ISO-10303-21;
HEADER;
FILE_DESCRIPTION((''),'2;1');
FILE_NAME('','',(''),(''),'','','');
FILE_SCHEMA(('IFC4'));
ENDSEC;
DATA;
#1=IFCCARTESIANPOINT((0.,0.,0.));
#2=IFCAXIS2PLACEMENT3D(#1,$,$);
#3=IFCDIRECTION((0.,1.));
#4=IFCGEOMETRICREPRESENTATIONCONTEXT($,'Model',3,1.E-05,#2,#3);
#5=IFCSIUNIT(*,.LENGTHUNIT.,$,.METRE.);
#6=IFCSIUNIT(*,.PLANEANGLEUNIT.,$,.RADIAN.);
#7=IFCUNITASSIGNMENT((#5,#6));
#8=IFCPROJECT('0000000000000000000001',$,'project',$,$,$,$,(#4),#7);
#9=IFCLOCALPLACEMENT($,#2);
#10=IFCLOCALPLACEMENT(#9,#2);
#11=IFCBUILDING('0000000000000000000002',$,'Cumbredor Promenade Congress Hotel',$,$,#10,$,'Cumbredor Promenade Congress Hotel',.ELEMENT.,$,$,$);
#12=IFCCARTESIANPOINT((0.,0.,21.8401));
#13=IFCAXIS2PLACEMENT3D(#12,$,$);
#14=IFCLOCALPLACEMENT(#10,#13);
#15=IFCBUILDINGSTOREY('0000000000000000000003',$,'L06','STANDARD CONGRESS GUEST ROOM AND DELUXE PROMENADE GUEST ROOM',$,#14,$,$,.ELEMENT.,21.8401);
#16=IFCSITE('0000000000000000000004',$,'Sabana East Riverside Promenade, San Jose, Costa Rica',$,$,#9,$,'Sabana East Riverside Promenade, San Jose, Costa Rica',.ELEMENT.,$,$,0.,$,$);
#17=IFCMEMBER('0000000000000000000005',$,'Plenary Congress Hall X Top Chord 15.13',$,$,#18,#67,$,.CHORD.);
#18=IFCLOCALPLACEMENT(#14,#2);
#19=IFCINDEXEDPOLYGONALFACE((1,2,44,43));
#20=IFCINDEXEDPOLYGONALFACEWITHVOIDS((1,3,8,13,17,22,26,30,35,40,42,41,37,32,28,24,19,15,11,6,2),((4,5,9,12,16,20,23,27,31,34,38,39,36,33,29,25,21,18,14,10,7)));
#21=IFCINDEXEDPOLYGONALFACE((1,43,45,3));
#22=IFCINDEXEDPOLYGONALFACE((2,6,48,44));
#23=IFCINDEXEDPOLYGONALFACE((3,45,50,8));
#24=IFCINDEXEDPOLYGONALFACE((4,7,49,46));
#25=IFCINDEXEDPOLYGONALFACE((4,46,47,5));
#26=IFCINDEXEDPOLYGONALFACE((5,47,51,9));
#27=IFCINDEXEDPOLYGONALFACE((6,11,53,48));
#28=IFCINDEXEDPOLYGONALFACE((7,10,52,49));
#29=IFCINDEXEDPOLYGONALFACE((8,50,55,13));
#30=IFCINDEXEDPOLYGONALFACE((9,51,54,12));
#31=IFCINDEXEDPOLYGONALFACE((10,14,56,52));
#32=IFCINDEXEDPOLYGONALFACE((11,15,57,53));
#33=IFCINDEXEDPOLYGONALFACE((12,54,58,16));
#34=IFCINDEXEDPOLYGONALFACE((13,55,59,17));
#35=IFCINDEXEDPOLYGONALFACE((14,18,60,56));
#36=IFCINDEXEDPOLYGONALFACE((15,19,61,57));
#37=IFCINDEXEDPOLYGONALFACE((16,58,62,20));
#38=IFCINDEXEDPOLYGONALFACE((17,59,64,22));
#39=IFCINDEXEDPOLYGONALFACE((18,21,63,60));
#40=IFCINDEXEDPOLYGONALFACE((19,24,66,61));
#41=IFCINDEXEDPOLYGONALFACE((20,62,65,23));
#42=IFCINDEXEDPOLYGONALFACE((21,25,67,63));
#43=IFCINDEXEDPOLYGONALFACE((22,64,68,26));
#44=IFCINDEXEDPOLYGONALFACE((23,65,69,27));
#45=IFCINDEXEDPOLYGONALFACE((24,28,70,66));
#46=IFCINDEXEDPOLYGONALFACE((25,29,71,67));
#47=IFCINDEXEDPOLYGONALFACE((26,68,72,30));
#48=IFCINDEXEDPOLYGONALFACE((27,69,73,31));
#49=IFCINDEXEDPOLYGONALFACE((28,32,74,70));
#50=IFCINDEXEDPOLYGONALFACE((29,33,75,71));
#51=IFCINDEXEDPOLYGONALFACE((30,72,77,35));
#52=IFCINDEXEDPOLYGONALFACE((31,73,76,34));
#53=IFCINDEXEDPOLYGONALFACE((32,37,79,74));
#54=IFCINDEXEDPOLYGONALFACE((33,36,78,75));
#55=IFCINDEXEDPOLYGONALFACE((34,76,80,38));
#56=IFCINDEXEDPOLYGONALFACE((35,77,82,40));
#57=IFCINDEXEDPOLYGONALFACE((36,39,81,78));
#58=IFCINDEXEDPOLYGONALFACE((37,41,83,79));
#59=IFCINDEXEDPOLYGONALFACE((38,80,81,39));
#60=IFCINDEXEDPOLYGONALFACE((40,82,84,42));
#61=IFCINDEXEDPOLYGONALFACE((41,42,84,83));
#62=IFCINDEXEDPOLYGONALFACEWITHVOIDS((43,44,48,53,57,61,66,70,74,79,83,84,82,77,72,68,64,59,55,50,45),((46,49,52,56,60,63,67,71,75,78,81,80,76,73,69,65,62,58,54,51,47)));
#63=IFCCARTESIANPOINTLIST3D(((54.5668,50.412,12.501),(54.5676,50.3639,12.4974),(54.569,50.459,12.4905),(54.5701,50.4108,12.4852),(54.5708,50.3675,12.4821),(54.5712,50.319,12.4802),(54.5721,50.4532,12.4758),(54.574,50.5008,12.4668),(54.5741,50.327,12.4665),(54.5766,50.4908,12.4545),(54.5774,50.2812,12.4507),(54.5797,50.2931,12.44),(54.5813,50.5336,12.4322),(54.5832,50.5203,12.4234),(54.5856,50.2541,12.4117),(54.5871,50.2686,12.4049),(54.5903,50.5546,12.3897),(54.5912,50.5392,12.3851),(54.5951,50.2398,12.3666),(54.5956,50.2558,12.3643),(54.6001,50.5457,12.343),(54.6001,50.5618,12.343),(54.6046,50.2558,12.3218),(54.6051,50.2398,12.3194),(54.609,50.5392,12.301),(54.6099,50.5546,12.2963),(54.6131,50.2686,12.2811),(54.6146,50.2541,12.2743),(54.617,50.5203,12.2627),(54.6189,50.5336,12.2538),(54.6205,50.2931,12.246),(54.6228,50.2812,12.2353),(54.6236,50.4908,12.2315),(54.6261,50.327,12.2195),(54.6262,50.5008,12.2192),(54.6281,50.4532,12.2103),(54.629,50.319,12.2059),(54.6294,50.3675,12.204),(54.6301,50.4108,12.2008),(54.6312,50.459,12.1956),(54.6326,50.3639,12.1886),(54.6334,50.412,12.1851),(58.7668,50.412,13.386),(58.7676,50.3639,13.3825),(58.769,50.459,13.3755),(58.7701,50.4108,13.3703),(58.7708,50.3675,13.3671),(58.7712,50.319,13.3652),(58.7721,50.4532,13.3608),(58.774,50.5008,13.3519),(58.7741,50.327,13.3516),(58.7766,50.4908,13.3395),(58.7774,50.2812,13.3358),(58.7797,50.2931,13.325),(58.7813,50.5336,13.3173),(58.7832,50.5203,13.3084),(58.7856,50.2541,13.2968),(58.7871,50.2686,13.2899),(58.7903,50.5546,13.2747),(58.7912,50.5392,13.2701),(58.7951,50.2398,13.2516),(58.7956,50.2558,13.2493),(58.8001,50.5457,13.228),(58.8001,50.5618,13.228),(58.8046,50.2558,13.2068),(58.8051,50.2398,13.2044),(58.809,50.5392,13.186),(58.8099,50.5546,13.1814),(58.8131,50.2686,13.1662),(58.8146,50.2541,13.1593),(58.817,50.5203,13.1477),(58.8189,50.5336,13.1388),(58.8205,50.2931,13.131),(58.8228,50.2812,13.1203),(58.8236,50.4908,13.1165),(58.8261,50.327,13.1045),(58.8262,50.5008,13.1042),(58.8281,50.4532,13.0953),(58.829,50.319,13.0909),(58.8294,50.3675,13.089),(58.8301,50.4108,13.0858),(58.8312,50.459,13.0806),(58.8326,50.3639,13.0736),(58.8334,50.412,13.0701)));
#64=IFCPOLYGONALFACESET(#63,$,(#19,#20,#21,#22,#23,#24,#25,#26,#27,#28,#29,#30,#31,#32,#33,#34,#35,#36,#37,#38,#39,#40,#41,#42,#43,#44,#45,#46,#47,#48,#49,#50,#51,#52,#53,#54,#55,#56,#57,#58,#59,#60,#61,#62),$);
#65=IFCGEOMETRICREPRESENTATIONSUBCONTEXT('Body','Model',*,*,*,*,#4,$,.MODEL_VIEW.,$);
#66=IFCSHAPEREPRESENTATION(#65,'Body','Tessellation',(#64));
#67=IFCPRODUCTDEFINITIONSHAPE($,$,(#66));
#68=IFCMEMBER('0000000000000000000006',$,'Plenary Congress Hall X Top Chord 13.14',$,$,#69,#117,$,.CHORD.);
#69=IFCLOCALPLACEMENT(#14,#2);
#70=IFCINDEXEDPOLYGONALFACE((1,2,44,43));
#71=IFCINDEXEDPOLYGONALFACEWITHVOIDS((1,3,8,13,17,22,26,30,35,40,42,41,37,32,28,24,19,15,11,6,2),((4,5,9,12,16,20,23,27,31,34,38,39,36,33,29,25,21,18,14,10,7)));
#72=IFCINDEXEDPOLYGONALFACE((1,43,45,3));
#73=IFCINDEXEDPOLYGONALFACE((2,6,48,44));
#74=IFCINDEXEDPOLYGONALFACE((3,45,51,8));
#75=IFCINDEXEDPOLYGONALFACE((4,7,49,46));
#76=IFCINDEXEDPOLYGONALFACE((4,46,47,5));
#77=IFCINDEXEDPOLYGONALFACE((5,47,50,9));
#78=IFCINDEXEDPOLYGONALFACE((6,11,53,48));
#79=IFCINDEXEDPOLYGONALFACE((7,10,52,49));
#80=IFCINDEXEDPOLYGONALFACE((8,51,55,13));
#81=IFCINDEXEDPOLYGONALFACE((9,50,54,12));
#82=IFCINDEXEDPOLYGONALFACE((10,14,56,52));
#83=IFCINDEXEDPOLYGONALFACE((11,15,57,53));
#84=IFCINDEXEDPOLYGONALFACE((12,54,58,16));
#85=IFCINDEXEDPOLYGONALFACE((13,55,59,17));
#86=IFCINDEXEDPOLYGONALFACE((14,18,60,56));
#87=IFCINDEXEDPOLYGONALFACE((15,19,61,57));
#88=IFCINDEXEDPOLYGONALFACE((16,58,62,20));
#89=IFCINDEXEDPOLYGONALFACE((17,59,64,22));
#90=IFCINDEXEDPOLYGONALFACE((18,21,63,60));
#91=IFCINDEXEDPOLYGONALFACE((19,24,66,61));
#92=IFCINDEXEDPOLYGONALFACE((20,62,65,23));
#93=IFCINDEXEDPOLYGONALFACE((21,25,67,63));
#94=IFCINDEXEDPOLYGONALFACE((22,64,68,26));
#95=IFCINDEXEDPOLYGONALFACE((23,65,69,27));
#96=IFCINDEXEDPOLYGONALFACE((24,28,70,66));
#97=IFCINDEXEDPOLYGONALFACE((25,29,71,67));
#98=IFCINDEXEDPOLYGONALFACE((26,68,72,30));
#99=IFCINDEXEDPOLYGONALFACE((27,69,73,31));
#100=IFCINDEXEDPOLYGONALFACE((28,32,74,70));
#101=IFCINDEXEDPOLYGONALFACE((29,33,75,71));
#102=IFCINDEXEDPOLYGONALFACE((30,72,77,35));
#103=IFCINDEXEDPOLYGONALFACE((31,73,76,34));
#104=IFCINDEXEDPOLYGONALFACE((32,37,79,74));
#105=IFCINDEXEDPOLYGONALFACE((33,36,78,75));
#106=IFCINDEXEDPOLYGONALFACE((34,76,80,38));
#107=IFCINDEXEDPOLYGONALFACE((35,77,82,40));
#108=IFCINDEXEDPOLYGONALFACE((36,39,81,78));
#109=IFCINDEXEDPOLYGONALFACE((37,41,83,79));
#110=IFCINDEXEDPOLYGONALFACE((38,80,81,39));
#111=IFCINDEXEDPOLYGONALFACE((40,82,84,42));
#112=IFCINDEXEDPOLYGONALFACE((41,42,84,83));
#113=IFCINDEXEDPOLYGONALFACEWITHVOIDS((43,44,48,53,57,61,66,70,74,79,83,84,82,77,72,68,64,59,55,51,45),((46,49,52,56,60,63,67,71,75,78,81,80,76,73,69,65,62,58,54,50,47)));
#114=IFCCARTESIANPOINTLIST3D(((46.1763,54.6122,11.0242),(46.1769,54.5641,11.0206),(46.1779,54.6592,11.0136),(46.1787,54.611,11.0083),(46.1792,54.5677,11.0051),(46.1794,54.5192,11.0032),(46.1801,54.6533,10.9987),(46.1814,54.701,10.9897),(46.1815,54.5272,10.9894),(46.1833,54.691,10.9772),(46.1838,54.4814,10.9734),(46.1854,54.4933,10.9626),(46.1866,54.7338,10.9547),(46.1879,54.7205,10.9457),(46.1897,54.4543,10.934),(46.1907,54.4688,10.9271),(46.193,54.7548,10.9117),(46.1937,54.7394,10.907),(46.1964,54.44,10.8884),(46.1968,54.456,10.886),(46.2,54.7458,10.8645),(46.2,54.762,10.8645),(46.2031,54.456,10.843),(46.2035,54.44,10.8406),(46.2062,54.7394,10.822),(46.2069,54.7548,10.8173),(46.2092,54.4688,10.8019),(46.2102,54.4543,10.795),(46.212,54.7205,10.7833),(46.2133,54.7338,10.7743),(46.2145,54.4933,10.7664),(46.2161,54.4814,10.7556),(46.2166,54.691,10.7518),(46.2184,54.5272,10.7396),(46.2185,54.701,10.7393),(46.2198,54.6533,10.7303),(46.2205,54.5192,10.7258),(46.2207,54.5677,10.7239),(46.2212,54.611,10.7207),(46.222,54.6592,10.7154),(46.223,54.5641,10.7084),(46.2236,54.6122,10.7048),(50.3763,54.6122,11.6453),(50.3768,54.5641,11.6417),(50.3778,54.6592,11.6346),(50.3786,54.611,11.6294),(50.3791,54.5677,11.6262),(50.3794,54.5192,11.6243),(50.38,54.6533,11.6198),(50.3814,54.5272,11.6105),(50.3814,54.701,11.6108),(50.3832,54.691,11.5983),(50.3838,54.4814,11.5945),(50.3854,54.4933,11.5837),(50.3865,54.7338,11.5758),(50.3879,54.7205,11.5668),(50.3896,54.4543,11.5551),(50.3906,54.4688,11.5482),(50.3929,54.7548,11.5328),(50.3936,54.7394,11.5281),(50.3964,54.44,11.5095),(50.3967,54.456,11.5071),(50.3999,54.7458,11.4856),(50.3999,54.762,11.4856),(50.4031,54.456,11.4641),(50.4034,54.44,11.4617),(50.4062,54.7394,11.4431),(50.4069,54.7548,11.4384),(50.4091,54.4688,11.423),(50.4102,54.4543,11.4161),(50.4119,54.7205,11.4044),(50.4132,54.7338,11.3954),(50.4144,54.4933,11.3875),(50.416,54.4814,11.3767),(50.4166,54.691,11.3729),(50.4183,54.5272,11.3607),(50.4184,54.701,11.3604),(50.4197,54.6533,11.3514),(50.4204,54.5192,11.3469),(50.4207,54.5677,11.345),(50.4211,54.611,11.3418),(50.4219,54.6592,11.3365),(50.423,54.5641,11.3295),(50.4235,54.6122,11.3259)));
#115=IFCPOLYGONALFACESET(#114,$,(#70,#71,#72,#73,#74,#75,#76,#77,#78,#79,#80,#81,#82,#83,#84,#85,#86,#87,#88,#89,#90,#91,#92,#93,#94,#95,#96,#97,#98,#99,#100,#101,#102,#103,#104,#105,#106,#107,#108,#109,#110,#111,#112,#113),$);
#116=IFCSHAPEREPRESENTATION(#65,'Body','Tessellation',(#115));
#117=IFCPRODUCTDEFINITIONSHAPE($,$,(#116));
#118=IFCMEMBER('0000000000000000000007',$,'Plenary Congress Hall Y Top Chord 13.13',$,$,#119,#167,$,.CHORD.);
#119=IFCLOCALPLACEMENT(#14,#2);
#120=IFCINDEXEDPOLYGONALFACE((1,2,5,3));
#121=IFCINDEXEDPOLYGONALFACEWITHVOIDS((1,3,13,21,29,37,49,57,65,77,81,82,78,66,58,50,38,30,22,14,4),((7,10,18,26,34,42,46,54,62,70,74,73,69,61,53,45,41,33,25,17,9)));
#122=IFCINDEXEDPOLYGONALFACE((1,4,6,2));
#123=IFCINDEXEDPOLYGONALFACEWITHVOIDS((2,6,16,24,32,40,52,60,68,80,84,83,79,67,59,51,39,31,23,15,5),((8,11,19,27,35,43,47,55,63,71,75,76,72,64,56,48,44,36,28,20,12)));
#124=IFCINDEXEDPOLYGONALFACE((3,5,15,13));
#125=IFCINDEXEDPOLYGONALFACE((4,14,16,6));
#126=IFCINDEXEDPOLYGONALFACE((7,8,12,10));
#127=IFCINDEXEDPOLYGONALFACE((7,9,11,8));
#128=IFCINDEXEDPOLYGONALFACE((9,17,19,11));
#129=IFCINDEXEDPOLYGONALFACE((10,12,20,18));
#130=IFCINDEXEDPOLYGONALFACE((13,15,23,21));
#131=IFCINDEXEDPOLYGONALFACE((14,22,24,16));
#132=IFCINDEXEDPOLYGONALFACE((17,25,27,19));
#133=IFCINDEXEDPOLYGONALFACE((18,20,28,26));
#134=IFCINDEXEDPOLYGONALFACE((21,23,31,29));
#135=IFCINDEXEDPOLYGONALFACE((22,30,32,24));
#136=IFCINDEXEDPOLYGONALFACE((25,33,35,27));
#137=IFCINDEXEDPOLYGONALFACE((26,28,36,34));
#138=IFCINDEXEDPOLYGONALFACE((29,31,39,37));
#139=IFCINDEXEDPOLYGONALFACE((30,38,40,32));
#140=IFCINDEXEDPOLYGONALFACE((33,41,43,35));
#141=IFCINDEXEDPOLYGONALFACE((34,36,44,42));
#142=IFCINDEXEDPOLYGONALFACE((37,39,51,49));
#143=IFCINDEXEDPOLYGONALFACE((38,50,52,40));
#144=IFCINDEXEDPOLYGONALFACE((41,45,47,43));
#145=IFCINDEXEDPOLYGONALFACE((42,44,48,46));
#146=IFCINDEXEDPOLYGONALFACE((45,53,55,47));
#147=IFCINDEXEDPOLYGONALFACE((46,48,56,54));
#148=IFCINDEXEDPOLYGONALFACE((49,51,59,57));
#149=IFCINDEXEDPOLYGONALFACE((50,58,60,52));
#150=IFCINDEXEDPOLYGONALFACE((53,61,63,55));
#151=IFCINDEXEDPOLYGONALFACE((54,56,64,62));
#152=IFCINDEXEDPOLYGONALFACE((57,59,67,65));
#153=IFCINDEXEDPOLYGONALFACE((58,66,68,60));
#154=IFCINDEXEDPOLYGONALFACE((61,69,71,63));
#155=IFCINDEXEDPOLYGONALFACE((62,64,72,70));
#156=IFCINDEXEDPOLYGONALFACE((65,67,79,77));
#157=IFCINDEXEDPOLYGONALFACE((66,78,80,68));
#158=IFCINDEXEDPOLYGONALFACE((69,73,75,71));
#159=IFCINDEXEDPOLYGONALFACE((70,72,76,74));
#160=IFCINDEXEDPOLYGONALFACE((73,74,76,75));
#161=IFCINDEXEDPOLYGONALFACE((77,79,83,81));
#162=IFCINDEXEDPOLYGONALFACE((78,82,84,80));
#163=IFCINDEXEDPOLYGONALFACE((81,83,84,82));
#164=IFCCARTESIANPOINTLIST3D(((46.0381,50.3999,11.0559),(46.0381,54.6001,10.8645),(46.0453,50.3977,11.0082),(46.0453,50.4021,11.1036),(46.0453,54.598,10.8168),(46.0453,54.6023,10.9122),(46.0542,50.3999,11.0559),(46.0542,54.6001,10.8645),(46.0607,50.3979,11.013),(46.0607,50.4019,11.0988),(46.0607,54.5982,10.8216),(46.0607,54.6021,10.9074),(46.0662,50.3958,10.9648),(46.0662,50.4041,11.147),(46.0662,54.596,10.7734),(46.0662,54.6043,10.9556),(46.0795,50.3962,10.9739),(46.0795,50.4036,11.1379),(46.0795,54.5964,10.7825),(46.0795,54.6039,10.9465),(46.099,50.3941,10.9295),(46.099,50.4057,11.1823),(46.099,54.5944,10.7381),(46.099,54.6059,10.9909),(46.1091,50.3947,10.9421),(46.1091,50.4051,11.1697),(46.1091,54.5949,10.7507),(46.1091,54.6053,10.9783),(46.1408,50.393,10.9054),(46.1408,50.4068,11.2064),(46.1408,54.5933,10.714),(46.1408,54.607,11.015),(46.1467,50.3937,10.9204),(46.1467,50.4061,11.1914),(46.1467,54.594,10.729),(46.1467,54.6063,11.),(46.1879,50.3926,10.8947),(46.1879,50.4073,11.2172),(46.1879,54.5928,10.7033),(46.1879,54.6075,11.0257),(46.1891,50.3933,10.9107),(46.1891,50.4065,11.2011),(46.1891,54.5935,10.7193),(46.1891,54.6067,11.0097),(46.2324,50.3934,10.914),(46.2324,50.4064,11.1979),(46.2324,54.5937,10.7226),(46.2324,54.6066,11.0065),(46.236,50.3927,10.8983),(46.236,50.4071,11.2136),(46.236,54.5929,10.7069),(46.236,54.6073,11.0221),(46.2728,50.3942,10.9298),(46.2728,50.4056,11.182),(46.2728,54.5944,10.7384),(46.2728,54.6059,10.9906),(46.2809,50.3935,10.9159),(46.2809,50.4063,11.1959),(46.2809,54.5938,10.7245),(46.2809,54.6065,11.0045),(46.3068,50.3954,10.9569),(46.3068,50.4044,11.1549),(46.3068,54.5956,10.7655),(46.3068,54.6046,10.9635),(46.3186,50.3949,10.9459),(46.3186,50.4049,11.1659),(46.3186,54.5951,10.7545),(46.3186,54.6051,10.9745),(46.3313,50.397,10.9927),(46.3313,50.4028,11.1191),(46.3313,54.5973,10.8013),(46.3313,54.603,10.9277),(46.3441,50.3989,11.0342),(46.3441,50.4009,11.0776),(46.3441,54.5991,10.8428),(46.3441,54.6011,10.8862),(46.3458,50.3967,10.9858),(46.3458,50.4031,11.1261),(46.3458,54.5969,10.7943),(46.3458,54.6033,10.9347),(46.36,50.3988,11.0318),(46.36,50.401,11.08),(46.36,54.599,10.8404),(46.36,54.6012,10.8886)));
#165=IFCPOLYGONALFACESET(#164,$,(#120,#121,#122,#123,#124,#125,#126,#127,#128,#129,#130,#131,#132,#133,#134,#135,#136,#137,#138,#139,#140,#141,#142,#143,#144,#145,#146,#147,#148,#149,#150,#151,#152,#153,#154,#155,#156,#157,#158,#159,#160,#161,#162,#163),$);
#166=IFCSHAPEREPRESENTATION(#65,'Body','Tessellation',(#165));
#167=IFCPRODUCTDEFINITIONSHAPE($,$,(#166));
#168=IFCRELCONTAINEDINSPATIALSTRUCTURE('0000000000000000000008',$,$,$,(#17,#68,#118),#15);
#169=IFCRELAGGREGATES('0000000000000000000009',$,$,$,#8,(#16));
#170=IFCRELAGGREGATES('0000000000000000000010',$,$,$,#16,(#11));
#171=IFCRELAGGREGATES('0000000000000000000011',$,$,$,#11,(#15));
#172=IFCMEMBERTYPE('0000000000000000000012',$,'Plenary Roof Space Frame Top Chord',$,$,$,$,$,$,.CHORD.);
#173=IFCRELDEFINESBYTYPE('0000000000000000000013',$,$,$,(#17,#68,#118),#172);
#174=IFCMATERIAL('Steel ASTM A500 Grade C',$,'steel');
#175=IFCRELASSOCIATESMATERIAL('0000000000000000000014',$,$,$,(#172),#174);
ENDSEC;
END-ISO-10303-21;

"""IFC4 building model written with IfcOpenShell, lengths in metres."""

from ifc_helpers import new_model, si_unit, direction, frame, origin, origin_2d, place, context, subcontext, project, spatial, hollow_circle, extrude, material, material_profile, profile_set, type_object, element, save


model = new_model("IFC4")

# Units and contexts
model_context = context("Model", 3, precision=1e-05, world=origin(), true_north=direction((0.0, 1.0)))
body_context = subcontext(model_context, "Body", "Model", "MODEL_VIEW")
ifc_project = project(units=[si_unit("LENGTHUNIT", "METRE"), si_unit("PLANEANGLEUNIT", "RADIAN")], contexts=[model_context])

# Site, building, storey
site_placement = place(None, origin())
site = spatial("IfcSite", under=ifc_project, at=site_placement, Name="Sabana East Riverside Promenade, San Jose, Costa Rica", LongName="Sabana East Riverside Promenade, San Jose, Costa Rica", CompositionType="ELEMENT", RefElevation=0.0)
building_placement = place(site_placement, origin())
building = spatial("IfcBuilding", under=site, at=building_placement, Name="Cumbredor Promenade Congress Hotel", LongName="Cumbredor Promenade Congress Hotel", CompositionType="ELEMENT")
storey_placement = place(building_placement, frame((0.0, 0.0, 21.8401)))
storey = spatial("IfcBuildingStorey", under=building, at=storey_placement, Name="L06", Description="STANDARD CONGRESS GUEST ROOM AND DELUXE PROMENADE GUEST ROOM", CompositionType="ELEMENT", Elevation=21.8401)

# Members
ifc_material_1 = material(Name="Steel ASTM A500 Grade C", Category="steel")
ifc_material_profile_1 = material_profile(ifc_material_1, hollow_circle(Radius=0.1619, WallThickness=0.0161, at=origin_2d()), Name="CHS 323.9x16")
ifc_profile_set_1 = profile_set([ifc_material_profile_1], Name="Steel ASTM A500 Grade C")
member_type_1 = type_object("IfcMemberType", Name="Plenary Roof Space Frame Top Chord", PredefinedType="CHORD", material=ifc_profile_set_1)
member_1_placement = place(storey_placement, frame((54.6001, 50.3999, 12.343), z_axis=(0.978512, 0.0, 0.206191), x_axis=(0.0, 1.0, 0.0)))
element("IfcMember", 1, at=member_1_placement, inside=storey, type_object=member_type_1, Name="Plenary Congress Hall X Top Chord 15.13", PredefinedType="CHORD", context=body_context, shape_type="SweptSolid", body=[
    extrude(hollow_circle(Radius=0.1619, WallThickness=0.0161, at=origin_2d()), origin(), (0.0, 0.0, 1.0), 4.2922),
])
member_2_placement = place(storey_placement, frame((46.2, 54.6001, 10.8645), z_axis=(0.989242, 0.0, 0.14629), x_axis=(0.0, 1.0, 0.0)))
element("IfcMember", 2, at=member_2_placement, inside=storey, type_object=member_type_1, Name="Plenary Congress Hall X Top Chord 13.14", PredefinedType="CHORD", context=body_context, shape_type="SweptSolid", body=[
    extrude(hollow_circle(Radius=0.1619, WallThickness=0.0161, at=origin_2d()), origin(), (0.0, 0.0, 1.0), 4.2456),
])
member_3_placement = place(storey_placement, frame((46.2, 50.3999, 11.0559), z_axis=(0.0, 0.998963, -0.045524), x_axis=(-1.0, 0.0, 0.0)))
element("IfcMember", 3, at=member_3_placement, inside=storey, type_object=member_type_1, Name="Plenary Congress Hall Y Top Chord 13.13", PredefinedType="CHORD", context=body_context, shape_type="SweptSolid", body=[
    extrude(hollow_circle(Radius=0.1619, WallThickness=0.0161, at=origin_2d()), origin(), (0.0, 0.0, 1.0), 4.2046),
])

save(model, "model.ifc")
